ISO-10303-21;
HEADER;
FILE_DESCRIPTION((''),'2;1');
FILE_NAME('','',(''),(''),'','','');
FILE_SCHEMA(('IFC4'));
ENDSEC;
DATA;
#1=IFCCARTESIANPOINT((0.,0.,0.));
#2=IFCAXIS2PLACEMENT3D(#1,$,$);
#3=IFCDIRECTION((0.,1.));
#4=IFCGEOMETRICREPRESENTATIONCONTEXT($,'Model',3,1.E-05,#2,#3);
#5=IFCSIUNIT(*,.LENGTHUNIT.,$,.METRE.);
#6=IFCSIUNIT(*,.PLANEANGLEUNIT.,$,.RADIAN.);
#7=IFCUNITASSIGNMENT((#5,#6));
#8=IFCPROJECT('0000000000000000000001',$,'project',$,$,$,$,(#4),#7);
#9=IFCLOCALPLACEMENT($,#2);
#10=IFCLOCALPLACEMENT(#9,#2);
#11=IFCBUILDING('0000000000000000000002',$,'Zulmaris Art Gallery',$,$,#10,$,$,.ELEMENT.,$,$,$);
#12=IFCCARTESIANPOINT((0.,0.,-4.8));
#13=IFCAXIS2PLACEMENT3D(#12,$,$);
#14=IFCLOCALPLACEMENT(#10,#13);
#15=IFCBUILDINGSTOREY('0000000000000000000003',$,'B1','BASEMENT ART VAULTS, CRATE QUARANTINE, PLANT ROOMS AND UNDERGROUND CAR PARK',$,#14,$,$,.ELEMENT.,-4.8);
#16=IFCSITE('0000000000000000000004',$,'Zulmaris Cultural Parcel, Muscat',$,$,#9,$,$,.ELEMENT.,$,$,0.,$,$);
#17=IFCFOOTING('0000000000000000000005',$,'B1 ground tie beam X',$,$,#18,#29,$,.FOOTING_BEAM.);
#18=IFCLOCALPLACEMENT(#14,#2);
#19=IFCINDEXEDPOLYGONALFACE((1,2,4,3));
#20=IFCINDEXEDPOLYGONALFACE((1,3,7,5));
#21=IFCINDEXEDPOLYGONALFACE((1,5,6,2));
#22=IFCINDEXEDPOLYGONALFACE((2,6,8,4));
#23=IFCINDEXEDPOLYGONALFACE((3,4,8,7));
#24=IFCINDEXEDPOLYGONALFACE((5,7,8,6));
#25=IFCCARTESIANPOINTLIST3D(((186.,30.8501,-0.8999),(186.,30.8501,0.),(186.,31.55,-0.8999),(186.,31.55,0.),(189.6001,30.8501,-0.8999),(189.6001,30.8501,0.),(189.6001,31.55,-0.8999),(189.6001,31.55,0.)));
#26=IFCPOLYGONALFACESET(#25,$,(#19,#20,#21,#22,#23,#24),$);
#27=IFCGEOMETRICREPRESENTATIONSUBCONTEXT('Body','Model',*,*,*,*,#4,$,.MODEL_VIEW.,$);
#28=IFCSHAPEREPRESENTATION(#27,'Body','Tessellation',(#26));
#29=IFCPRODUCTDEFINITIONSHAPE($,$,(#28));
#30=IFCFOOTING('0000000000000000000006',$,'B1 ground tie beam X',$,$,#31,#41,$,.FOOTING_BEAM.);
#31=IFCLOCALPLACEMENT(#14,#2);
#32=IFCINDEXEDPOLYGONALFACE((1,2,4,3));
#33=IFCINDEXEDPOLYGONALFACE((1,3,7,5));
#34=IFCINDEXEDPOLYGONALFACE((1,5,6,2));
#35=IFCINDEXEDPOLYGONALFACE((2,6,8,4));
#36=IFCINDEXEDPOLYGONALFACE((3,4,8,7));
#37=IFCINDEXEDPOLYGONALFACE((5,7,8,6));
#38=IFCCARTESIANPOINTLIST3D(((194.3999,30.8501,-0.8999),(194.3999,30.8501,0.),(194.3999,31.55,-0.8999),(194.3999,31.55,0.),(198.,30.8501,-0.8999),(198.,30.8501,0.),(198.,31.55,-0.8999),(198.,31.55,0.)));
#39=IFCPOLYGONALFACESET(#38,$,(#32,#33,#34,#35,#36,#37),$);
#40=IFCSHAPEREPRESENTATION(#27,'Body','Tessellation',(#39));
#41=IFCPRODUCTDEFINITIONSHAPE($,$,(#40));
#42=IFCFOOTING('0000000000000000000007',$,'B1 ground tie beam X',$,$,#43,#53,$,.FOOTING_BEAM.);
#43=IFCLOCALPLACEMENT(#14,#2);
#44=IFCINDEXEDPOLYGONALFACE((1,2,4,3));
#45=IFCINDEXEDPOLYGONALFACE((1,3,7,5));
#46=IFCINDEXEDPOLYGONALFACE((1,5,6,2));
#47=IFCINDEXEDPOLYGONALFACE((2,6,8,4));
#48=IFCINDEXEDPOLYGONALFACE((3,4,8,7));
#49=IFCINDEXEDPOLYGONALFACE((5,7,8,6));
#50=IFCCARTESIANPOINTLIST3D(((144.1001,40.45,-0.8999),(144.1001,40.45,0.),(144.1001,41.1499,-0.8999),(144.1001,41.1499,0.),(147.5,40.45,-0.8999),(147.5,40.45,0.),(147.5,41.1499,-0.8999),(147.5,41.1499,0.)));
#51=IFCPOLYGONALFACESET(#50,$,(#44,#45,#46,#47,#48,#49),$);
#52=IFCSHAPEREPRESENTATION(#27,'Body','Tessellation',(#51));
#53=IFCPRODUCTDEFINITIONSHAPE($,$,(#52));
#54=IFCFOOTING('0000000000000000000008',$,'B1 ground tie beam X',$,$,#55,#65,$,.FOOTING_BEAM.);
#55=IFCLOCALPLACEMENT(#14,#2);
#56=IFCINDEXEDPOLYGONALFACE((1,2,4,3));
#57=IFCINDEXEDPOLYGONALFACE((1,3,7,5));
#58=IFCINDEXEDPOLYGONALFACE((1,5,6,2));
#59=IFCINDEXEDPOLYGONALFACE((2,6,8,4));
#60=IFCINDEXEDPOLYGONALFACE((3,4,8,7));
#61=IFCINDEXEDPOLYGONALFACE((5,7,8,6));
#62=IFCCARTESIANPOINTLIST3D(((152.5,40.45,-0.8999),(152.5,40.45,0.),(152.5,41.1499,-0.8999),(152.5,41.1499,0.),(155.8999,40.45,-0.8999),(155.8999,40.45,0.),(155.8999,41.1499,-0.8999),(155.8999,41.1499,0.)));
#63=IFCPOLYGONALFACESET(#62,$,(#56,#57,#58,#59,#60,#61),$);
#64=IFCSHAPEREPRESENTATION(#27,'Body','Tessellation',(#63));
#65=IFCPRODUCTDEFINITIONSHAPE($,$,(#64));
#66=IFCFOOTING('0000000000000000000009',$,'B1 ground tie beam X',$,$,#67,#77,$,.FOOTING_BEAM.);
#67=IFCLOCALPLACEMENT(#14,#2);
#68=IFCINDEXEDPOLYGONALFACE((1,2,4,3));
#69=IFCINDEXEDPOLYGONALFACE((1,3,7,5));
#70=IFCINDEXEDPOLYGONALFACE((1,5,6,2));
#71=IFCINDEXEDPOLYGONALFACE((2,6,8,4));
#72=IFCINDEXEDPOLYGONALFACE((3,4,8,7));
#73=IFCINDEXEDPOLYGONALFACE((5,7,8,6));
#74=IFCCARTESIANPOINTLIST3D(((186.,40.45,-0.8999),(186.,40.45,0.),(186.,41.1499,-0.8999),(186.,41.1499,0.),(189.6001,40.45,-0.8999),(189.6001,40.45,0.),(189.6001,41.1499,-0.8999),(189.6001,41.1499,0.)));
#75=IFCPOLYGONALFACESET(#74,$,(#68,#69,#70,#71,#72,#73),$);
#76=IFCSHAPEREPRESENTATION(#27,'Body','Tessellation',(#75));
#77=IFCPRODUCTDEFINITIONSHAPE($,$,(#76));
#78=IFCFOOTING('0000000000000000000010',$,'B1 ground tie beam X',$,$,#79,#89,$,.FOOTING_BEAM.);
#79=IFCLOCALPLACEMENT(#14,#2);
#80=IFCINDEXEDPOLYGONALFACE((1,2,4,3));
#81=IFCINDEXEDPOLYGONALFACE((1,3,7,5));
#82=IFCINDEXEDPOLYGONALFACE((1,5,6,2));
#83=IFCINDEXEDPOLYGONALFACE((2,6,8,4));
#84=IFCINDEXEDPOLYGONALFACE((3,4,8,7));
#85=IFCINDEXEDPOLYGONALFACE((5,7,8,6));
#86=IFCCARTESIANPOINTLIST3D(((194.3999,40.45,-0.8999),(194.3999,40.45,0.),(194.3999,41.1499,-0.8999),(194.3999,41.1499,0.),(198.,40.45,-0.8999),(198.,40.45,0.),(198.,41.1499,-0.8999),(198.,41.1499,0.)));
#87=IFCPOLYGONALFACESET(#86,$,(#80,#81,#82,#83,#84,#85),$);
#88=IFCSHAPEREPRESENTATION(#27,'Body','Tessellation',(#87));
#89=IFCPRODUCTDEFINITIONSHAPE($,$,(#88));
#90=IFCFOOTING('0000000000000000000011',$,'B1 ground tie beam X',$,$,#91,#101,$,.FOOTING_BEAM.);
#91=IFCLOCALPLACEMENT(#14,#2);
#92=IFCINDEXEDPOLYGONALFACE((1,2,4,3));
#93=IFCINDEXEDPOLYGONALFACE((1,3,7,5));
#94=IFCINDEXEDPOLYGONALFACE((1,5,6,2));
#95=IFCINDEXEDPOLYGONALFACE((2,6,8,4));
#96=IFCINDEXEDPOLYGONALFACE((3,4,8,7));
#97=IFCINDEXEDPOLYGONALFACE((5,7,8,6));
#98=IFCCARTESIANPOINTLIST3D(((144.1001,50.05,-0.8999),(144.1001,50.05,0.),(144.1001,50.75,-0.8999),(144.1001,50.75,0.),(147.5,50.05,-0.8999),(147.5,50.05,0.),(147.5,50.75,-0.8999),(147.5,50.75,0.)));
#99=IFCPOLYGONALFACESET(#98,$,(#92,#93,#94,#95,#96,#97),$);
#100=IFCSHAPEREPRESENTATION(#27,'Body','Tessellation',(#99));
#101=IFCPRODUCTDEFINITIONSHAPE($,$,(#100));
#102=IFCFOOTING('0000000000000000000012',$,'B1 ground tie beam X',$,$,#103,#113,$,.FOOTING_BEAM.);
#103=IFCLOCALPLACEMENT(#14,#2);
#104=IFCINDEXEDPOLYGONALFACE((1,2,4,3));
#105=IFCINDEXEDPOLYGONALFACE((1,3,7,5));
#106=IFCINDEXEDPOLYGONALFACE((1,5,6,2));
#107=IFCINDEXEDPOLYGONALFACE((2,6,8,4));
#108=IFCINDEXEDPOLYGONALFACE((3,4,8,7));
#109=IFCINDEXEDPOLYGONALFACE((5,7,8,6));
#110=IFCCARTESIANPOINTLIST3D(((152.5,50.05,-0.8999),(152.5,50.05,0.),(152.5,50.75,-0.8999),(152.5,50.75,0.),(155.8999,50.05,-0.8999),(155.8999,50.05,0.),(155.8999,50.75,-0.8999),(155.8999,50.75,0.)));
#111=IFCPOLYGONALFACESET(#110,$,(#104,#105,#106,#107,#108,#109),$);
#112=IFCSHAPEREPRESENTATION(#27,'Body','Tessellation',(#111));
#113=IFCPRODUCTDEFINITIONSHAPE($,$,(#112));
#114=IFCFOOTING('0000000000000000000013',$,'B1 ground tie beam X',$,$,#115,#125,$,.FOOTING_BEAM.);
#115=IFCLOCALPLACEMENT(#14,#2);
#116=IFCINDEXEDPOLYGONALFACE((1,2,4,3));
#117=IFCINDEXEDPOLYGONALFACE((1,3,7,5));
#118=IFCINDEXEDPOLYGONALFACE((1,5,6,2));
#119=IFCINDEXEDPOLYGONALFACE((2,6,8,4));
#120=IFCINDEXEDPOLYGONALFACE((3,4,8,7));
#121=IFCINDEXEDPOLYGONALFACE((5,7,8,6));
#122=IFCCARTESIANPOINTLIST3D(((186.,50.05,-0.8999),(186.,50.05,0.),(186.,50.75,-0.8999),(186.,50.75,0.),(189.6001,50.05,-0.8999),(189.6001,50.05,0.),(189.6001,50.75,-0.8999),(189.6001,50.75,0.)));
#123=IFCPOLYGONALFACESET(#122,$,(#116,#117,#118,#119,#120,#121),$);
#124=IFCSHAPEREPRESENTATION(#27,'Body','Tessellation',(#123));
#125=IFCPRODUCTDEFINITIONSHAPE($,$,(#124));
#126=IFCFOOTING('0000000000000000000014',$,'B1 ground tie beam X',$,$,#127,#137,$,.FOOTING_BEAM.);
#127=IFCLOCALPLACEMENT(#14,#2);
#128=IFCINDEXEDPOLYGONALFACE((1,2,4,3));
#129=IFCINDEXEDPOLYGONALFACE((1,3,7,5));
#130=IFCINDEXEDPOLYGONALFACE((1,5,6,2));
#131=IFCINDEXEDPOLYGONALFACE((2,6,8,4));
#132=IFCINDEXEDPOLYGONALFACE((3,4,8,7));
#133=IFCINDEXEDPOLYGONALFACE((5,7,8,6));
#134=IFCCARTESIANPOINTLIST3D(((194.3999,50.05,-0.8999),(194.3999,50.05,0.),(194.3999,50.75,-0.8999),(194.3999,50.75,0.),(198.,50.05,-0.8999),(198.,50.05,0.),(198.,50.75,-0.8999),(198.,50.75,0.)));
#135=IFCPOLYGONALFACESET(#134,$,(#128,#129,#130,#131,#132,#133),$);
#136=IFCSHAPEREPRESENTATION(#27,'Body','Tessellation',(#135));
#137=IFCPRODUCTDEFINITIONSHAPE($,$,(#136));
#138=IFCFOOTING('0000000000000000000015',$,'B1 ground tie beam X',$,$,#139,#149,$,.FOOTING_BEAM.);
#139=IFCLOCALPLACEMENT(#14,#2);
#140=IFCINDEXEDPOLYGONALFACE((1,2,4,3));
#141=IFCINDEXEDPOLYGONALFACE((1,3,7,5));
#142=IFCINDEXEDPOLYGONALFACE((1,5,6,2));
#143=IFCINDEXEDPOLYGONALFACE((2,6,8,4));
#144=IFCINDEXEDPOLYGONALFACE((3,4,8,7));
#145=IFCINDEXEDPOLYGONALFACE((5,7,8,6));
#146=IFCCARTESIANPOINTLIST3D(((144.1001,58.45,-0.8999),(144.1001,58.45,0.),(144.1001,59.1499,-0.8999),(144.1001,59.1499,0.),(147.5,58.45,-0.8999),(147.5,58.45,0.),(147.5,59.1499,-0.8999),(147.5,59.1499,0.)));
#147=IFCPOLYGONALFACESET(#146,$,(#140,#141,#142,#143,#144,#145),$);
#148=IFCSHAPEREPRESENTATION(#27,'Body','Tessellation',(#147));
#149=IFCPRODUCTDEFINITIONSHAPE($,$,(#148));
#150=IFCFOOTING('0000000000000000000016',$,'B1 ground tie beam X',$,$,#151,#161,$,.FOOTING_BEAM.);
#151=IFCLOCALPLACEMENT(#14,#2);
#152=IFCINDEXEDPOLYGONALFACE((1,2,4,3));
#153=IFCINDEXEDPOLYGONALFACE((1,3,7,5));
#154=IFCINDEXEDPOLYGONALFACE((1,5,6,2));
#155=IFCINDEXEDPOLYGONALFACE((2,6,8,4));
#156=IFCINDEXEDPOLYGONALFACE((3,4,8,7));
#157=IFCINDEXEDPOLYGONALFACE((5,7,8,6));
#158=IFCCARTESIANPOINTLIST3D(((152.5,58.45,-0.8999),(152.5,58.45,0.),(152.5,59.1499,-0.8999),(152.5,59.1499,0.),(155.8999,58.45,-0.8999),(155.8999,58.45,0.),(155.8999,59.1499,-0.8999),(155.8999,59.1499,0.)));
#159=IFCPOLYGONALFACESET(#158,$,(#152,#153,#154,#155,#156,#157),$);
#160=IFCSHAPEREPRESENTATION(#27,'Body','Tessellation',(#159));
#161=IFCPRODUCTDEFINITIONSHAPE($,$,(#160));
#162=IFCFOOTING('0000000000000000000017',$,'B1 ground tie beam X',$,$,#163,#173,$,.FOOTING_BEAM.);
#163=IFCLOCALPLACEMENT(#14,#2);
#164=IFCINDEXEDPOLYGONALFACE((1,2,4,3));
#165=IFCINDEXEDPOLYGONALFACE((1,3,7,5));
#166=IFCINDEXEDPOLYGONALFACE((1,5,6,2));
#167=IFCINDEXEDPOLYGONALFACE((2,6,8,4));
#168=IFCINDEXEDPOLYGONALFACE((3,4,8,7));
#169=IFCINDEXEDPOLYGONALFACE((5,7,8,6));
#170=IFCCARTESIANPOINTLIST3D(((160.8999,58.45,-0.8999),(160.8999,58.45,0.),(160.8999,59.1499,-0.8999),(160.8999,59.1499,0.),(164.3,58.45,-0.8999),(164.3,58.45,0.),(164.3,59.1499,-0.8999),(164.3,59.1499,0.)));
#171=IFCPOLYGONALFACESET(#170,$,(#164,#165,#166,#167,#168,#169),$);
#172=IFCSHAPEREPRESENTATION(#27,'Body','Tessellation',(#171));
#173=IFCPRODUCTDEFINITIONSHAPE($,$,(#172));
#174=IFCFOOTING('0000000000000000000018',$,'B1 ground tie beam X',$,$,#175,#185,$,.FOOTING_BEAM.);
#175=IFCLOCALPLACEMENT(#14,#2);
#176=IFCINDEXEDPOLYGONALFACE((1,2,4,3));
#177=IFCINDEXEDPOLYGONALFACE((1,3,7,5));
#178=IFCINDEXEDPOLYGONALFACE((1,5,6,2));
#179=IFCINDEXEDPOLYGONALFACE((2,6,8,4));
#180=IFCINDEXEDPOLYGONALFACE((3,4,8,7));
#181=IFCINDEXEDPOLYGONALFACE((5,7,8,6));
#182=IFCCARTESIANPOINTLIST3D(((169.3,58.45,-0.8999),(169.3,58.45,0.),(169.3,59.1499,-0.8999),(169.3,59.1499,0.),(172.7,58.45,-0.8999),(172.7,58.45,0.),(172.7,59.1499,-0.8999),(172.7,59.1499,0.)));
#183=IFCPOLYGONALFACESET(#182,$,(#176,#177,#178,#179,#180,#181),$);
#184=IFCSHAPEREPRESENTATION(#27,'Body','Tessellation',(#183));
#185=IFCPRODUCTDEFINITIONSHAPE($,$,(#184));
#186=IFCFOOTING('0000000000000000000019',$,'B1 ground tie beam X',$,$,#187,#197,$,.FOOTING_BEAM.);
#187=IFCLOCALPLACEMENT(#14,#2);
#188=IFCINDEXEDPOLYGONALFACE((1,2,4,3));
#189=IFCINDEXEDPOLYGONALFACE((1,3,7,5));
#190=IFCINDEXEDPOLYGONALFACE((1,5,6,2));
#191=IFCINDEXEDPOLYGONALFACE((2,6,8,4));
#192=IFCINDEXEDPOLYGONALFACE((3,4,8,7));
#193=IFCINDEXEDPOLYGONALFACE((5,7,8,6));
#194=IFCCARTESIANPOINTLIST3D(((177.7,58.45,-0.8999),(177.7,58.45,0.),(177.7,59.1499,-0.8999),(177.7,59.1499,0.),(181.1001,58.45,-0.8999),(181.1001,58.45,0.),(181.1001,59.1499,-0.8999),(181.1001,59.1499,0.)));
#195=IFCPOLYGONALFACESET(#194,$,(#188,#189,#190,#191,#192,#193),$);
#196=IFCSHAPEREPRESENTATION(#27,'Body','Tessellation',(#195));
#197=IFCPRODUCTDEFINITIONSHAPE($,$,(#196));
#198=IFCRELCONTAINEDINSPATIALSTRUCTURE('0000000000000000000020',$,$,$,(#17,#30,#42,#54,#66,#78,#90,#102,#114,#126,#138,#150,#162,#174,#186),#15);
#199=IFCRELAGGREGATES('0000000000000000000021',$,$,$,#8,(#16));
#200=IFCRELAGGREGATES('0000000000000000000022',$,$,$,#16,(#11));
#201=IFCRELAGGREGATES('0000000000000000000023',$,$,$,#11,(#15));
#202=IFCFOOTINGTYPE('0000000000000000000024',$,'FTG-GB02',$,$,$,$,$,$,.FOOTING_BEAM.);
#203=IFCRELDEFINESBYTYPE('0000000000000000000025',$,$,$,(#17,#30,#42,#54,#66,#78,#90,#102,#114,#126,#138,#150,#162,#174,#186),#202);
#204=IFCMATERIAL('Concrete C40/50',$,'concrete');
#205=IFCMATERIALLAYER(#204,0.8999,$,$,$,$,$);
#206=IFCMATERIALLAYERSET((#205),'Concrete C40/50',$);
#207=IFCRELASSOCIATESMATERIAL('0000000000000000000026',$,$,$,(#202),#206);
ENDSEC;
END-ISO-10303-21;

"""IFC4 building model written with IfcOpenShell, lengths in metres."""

from ifc_helpers import new_model, si_unit, direction, frame, origin, place, context, subcontext, project, spatial, polyline, outline, extrude, material, layer, layer_set, type_object, element, save


model = new_model("IFC4")

# Units and contexts
model_context = context("Model", 3, precision=1e-05, world=origin(), true_north=direction((0.0, 1.0)))
body_context = subcontext(model_context, "Body", "Model", "MODEL_VIEW")
ifc_project = project(units=[si_unit("LENGTHUNIT", "METRE"), si_unit("PLANEANGLEUNIT", "RADIAN")], contexts=[model_context])

# Site, building, storey
site_placement = place(None, origin())
site = spatial("IfcSite", under=ifc_project, at=site_placement, Name="Zulmaris Cultural Parcel, Muscat", CompositionType="ELEMENT", RefElevation=0.0)
building_placement = place(site_placement, origin())
building = spatial("IfcBuilding", under=site, at=building_placement, Name="Zulmaris Art Gallery", CompositionType="ELEMENT")
storey_placement = place(building_placement, frame((0.0, 0.0, -4.8)))
storey = spatial("IfcBuildingStorey", under=building, at=storey_placement, Name="B1", Description="BASEMENT ART VAULTS, CRATE QUARANTINE, PLANT ROOMS AND UNDERGROUND CAR PARK", CompositionType="ELEMENT", Elevation=-4.8)

# Footings
ifc_material = material(Name="Concrete C40/50", Category="concrete")
ifc_layer = layer(ifc_material, 0.8999)
ifc_layer_set = layer_set([ifc_layer], Name="Concrete C40/50")
footing_type = type_object("IfcFootingType", Name="FTG-GB02", PredefinedType="FOOTING_BEAM", material=ifc_layer_set)
footing_1_placement = place(storey_placement, frame((0.0, 0.0, -0.8999)))
element("IfcFooting", 1, at=footing_1_placement, inside=storey, type_object=footing_type, Name="B1 ground tie beam X", PredefinedType="FOOTING_BEAM", context=body_context, shape_type="SweptSolid", body=[
    extrude(outline(polyline([(186.0, 30.8501), (189.6001, 30.8501), (189.6001, 31.55), (186.0, 31.55), (186.0, 30.8501)])), origin(), (0.0, 0.0, 1.0), 0.8999),
])
footing_2_placement = place(storey_placement, frame((0.0, 0.0, -0.8999)))
element("IfcFooting", 2, at=footing_2_placement, inside=storey, type_object=footing_type, Name="B1 ground tie beam X", PredefinedType="FOOTING_BEAM", context=body_context, shape_type="SweptSolid", body=[
    extrude(outline(polyline([(194.3999, 30.8501), (198.0, 30.8501), (198.0, 31.55), (194.3999, 31.55), (194.3999, 30.8501)])), origin(), (0.0, 0.0, 1.0), 0.8999),
])
footing_3_placement = place(storey_placement, frame((0.0, 0.0, -0.8999)))
element("IfcFooting", 3, at=footing_3_placement, inside=storey, type_object=footing_type, Name="B1 ground tie beam X", PredefinedType="FOOTING_BEAM", context=body_context, shape_type="SweptSolid", body=[
    extrude(outline(polyline([(144.1001, 40.45), (147.5, 40.45), (147.5, 41.1499), (144.1001, 41.1499), (144.1001, 40.45)])), origin(), (0.0, 0.0, 1.0), 0.8999),
])
footing_4_placement = place(storey_placement, frame((0.0, 0.0, -0.8999)))
element("IfcFooting", 4, at=footing_4_placement, inside=storey, type_object=footing_type, Name="B1 ground tie beam X", PredefinedType="FOOTING_BEAM", context=body_context, shape_type="SweptSolid", body=[
    extrude(outline(polyline([(152.5, 40.45), (155.8999, 40.45), (155.8999, 41.1499), (152.5, 41.1499), (152.5, 40.45)])), origin(), (0.0, 0.0, 1.0), 0.8999),
])
footing_5_placement = place(storey_placement, frame((0.0, 0.0, -0.8999)))
element("IfcFooting", 5, at=footing_5_placement, inside=storey, type_object=footing_type, Name="B1 ground tie beam X", PredefinedType="FOOTING_BEAM", context=body_context, shape_type="SweptSolid", body=[
    extrude(outline(polyline([(186.0, 40.45), (189.6001, 40.45), (189.6001, 41.1499), (186.0, 41.1499), (186.0, 40.45)])), origin(), (0.0, 0.0, 1.0), 0.8999),
])
footing_6_placement = place(storey_placement, frame((0.0, 0.0, -0.8999)))
element("IfcFooting", 6, at=footing_6_placement, inside=storey, type_object=footing_type, Name="B1 ground tie beam X", PredefinedType="FOOTING_BEAM", context=body_context, shape_type="SweptSolid", body=[
    extrude(outline(polyline([(194.3999, 40.45), (198.0, 40.45), (198.0, 41.1499), (194.3999, 41.1499), (194.3999, 40.45)])), origin(), (0.0, 0.0, 1.0), 0.8999),
])
footing_7_placement = place(storey_placement, frame((0.0, 0.0, -0.8999)))
element("IfcFooting", 7, at=footing_7_placement, inside=storey, type_object=footing_type, Name="B1 ground tie beam X", PredefinedType="FOOTING_BEAM", context=body_context, shape_type="SweptSolid", body=[
    extrude(outline(polyline([(144.1001, 50.05), (147.5, 50.05), (147.5, 50.75), (144.1001, 50.75), (144.1001, 50.05)])), origin(), (0.0, 0.0, 1.0), 0.8999),
])
footing_8_placement = place(storey_placement, frame((0.0, 0.0, -0.8999)))
element("IfcFooting", 8, at=footing_8_placement, inside=storey, type_object=footing_type, Name="B1 ground tie beam X", PredefinedType="FOOTING_BEAM", context=body_context, shape_type="SweptSolid", body=[
    extrude(outline(polyline([(152.5, 50.05), (155.8999, 50.05), (155.8999, 50.75), (152.5, 50.75), (152.5, 50.05)])), origin(), (0.0, 0.0, 1.0), 0.8999),
])
footing_9_placement = place(storey_placement, frame((0.0, 0.0, -0.8999)))
element("IfcFooting", 9, at=footing_9_placement, inside=storey, type_object=footing_type, Name="B1 ground tie beam X", PredefinedType="FOOTING_BEAM", context=body_context, shape_type="SweptSolid", body=[
    extrude(outline(polyline([(186.0, 50.05), (189.6001, 50.05), (189.6001, 50.75), (186.0, 50.75), (186.0, 50.05)])), origin(), (0.0, 0.0, 1.0), 0.8999),
])
footing_10_placement = place(storey_placement, frame((0.0, 0.0, -0.8999)))
element("IfcFooting", 10, at=footing_10_placement, inside=storey, type_object=footing_type, Name="B1 ground tie beam X", PredefinedType="FOOTING_BEAM", context=body_context, shape_type="SweptSolid", body=[
    extrude(outline(polyline([(194.3999, 50.05), (198.0, 50.05), (198.0, 50.75), (194.3999, 50.75), (194.3999, 50.05)])), origin(), (0.0, 0.0, 1.0), 0.8999),
])
footing_11_placement = place(storey_placement, frame((0.0, 0.0, -0.8999)))
element("IfcFooting", 11, at=footing_11_placement, inside=storey, type_object=footing_type, Name="B1 ground tie beam X", PredefinedType="FOOTING_BEAM", context=body_context, shape_type="SweptSolid", body=[
    extrude(outline(polyline([(144.1001, 58.45), (147.5, 58.45), (147.5, 59.1499), (144.1001, 59.1499), (144.1001, 58.45)])), origin(), (0.0, 0.0, 1.0), 0.8999),
])
footing_12_placement = place(storey_placement, frame((0.0, 0.0, -0.8999)))
element("IfcFooting", 12, at=footing_12_placement, inside=storey, type_object=footing_type, Name="B1 ground tie beam X", PredefinedType="FOOTING_BEAM", context=body_context, shape_type="SweptSolid", body=[
    extrude(outline(polyline([(152.5, 58.45), (155.8999, 58.45), (155.8999, 59.1499), (152.5, 59.1499), (152.5, 58.45)])), origin(), (0.0, 0.0, 1.0), 0.8999),
])
footing_13_placement = place(storey_placement, frame((0.0, 0.0, -0.8999)))
element("IfcFooting", 13, at=footing_13_placement, inside=storey, type_object=footing_type, Name="B1 ground tie beam X", PredefinedType="FOOTING_BEAM", context=body_context, shape_type="SweptSolid", body=[
    extrude(outline(polyline([(160.8999, 58.45), (164.3, 58.45), (164.3, 59.1499), (160.8999, 59.1499), (160.8999, 58.45)])), origin(), (0.0, 0.0, 1.0), 0.8999),
])
footing_14_placement = place(storey_placement, frame((0.0, 0.0, -0.8999)))
element("IfcFooting", 14, at=footing_14_placement, inside=storey, type_object=footing_type, Name="B1 ground tie beam X", PredefinedType="FOOTING_BEAM", context=body_context, shape_type="SweptSolid", body=[
    extrude(outline(polyline([(169.3, 58.45), (172.7, 58.45), (172.7, 59.1499), (169.3, 59.1499), (169.3, 58.45)])), origin(), (0.0, 0.0, 1.0), 0.8999),
])
footing_15_placement = place(storey_placement, frame((0.0, 0.0, -0.8999)))
element("IfcFooting", 15, at=footing_15_placement, inside=storey, type_object=footing_type, Name="B1 ground tie beam X", PredefinedType="FOOTING_BEAM", context=body_context, shape_type="SweptSolid", body=[
    extrude(outline(polyline([(177.7, 58.45), (181.1001, 58.45), (181.1001, 59.1499), (177.7, 59.1499), (177.7, 58.45)])), origin(), (0.0, 0.0, 1.0), 0.8999),
])

save(model, "model.ifc")
